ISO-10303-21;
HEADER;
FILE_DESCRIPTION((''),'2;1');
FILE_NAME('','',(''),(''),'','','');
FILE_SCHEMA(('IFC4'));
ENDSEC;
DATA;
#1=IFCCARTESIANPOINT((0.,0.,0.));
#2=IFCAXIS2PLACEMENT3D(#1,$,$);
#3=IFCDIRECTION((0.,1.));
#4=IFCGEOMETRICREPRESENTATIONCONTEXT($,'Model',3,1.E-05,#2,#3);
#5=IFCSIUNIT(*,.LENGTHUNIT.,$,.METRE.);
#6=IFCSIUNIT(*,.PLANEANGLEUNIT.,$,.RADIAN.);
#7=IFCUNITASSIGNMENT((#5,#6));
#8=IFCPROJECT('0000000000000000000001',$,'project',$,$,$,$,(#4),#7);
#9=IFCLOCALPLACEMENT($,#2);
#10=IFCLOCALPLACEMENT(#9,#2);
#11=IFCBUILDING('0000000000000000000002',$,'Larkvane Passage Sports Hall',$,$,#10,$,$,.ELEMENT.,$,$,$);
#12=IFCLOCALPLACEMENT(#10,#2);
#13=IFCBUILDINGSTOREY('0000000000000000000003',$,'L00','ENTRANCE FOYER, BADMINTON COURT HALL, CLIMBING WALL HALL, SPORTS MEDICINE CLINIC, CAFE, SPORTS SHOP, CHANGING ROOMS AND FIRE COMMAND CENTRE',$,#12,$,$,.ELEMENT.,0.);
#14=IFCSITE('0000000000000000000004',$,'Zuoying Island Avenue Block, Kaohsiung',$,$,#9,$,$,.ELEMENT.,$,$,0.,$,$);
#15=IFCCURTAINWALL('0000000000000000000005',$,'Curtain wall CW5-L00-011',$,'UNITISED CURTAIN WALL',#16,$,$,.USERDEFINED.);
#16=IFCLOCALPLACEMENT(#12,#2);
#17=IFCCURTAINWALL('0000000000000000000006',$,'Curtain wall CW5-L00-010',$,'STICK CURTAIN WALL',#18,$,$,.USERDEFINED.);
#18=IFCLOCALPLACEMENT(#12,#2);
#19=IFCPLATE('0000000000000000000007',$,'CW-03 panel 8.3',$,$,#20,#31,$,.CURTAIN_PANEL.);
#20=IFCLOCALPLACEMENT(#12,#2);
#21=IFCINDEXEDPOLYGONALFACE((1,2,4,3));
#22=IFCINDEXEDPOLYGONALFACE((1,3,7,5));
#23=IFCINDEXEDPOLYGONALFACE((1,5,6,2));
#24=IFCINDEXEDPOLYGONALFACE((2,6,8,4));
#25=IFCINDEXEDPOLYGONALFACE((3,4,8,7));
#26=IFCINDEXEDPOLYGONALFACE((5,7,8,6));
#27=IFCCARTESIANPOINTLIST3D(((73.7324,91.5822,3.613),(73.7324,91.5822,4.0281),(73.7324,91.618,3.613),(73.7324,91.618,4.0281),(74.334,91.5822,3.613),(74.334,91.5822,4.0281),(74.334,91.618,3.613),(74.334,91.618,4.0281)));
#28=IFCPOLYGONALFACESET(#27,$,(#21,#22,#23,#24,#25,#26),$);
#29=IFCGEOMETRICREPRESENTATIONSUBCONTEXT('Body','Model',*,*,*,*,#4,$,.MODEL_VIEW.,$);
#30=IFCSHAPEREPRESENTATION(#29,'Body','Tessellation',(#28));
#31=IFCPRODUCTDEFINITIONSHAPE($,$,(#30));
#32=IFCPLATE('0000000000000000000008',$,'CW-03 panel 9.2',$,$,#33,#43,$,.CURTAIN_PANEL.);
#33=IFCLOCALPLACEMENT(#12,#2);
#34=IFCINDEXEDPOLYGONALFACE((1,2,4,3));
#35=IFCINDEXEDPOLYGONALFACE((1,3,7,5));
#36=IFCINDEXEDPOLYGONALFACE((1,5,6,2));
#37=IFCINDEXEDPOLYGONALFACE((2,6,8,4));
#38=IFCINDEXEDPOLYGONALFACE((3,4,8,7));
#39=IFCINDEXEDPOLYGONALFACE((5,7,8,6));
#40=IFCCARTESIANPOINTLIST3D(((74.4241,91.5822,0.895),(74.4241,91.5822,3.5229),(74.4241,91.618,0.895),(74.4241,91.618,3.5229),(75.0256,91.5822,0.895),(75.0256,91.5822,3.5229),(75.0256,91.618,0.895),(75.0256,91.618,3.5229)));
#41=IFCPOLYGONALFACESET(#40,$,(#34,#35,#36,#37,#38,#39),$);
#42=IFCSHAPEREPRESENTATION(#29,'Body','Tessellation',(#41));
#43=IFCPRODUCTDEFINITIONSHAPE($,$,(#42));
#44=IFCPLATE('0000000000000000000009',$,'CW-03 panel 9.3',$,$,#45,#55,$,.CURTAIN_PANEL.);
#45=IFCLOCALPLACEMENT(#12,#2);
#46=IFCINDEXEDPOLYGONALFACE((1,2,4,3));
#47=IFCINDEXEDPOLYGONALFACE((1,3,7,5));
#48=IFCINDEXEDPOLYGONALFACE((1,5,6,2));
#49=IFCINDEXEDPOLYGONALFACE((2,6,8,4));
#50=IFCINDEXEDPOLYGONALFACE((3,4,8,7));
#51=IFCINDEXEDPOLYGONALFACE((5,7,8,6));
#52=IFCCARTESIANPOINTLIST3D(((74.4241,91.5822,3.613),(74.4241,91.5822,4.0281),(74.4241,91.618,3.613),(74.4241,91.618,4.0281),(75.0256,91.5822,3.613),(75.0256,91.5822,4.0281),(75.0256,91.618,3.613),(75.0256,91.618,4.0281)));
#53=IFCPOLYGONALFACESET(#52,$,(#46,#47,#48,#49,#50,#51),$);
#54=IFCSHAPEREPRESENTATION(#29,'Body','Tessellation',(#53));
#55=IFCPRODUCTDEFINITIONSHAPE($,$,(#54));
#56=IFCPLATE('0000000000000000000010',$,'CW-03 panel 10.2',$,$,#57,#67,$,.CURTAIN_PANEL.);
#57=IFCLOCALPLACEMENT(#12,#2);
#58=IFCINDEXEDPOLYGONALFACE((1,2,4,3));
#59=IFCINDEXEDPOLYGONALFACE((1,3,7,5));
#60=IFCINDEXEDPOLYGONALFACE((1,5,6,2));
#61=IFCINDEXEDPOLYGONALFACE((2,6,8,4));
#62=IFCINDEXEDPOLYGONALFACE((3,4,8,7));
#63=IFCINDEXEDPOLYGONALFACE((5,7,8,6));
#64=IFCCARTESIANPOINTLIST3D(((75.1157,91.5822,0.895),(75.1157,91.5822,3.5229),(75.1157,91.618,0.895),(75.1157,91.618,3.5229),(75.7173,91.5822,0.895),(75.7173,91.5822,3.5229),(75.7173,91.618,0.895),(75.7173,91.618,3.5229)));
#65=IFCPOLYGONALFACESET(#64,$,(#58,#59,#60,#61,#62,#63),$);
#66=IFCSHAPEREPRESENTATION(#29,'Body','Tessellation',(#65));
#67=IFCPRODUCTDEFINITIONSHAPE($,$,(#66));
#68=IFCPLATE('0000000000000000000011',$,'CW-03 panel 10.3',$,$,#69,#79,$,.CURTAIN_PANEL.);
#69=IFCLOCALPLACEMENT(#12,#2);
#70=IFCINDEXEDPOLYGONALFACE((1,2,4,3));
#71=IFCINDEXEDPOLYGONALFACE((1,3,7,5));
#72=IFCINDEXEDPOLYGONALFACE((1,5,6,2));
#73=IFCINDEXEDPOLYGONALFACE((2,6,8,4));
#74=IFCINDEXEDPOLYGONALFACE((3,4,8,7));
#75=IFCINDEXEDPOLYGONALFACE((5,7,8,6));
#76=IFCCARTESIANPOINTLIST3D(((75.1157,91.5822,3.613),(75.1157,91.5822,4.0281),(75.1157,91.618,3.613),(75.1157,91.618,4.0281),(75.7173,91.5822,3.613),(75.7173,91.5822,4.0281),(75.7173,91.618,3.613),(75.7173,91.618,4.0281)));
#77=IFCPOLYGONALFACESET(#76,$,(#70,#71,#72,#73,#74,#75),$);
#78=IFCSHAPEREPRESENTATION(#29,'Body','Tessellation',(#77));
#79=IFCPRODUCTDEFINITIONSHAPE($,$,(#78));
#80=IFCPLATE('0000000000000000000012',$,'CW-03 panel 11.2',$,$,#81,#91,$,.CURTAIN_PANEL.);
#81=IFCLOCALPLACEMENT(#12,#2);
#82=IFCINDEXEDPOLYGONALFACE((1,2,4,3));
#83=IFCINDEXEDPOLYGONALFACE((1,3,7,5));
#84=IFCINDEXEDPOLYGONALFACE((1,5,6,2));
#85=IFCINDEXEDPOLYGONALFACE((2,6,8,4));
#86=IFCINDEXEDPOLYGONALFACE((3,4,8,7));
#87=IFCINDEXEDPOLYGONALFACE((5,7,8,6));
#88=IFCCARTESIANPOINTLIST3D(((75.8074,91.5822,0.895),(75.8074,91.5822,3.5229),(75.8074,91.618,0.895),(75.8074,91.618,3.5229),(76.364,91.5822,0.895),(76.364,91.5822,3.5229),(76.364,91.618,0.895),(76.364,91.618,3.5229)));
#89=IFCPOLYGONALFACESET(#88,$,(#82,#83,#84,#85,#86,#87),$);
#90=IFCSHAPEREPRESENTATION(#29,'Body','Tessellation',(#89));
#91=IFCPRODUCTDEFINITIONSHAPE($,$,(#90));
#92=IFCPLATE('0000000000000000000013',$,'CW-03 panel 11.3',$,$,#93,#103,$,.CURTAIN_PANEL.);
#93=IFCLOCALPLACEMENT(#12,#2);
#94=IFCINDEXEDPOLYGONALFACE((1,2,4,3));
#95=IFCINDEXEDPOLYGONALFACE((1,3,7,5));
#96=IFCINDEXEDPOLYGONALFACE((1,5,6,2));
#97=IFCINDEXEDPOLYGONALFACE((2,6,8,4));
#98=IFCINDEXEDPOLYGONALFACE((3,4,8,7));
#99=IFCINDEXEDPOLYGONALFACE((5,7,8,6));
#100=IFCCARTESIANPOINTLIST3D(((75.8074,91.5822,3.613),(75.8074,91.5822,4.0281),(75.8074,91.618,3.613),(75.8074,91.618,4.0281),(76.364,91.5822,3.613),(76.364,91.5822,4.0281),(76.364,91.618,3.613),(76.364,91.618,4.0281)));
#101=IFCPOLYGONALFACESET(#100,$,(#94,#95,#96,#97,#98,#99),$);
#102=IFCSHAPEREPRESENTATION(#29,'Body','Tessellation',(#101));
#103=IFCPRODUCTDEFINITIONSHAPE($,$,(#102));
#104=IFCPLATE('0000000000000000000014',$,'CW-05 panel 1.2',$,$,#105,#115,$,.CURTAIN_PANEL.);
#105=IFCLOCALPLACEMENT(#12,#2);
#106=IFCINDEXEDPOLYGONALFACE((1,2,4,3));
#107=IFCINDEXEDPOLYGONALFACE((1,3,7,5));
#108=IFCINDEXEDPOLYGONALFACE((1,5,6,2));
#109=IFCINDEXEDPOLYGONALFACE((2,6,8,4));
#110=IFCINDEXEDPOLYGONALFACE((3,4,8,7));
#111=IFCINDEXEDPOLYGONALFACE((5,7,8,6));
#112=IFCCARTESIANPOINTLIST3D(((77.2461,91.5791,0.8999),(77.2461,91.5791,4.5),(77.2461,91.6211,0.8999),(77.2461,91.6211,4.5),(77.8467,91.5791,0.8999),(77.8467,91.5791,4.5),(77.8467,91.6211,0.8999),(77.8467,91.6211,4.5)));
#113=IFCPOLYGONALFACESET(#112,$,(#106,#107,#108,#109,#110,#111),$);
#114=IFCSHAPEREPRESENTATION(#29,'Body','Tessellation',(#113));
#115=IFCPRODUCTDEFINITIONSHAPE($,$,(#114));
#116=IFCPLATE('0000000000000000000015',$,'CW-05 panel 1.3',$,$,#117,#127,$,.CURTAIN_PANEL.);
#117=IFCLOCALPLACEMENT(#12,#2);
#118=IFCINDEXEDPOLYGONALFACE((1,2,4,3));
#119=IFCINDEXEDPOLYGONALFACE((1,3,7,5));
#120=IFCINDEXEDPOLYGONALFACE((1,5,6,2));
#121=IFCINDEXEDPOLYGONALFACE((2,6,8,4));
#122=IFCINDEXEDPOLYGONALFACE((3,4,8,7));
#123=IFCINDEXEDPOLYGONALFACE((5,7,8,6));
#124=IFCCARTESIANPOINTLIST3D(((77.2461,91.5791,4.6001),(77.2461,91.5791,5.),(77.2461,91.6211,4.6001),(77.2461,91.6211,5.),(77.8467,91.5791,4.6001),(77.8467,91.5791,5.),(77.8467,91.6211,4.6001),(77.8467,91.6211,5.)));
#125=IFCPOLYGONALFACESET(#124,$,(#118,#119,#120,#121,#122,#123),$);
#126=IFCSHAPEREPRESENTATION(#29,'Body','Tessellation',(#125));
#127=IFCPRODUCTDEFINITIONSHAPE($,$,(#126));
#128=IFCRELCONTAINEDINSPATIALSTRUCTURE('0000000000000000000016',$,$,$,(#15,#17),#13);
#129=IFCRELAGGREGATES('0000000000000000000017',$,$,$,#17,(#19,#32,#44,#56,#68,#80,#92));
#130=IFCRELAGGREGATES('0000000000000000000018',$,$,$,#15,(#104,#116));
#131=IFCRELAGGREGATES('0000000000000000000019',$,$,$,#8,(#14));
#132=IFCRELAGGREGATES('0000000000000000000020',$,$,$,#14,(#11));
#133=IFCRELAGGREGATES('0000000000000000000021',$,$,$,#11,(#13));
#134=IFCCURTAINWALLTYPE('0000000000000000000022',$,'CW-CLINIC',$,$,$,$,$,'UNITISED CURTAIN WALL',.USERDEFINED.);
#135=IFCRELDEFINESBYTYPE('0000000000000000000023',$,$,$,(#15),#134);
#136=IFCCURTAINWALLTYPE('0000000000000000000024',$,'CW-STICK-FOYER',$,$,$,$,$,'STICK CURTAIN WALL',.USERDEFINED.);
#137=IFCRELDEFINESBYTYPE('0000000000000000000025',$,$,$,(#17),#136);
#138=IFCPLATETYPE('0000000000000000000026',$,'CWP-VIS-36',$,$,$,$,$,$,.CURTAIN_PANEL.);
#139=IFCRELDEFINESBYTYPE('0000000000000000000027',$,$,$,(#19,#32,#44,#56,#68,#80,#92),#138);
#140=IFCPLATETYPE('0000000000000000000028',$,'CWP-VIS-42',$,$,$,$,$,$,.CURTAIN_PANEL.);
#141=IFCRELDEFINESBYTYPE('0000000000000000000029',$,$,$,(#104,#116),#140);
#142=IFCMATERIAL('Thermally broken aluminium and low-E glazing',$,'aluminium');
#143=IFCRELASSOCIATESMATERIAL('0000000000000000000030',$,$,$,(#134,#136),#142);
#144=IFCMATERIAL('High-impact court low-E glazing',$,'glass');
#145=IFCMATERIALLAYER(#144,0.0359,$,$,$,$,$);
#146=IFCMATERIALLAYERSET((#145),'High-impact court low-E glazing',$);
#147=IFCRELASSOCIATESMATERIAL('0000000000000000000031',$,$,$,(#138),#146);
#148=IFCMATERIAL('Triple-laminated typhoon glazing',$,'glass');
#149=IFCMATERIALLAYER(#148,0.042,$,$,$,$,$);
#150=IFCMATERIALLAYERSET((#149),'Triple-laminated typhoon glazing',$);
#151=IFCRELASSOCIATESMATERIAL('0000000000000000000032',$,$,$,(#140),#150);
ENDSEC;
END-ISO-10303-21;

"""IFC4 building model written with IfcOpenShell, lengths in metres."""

from ifc_helpers import new_model, si_unit, direction, frame, origin, origin_2d, place, context, subcontext, project, spatial, rectangle, extrude, material, layer, layer_set, type_object, element, aggregate, save


model = new_model("IFC4")

# Units and contexts
model_context = context("Model", 3, precision=1e-05, world=origin(), true_north=direction((0.0, 1.0)))
body_context = subcontext(model_context, "Body", "Model", "MODEL_VIEW")
ifc_project = project(units=[si_unit("LENGTHUNIT", "METRE"), si_unit("PLANEANGLEUNIT", "RADIAN")], contexts=[model_context])

# Site, building, storey
site_placement = place(None, origin())
site = spatial("IfcSite", under=ifc_project, at=site_placement, Name="Zuoying Island Avenue Block, Kaohsiung", CompositionType="ELEMENT", RefElevation=0.0)
building_placement = place(site_placement, origin())
building = spatial("IfcBuilding", under=site, at=building_placement, Name="Larkvane Passage Sports Hall", CompositionType="ELEMENT")
storey_placement = place(building_placement, origin())
storey = spatial("IfcBuildingStorey", under=building, at=storey_placement, Name="L00", Description="ENTRANCE FOYER, BADMINTON COURT HALL, CLIMBING WALL HALL, SPORTS MEDICINE CLINIC, CAFE, SPORTS SHOP, CHANGING ROOMS AND FIRE COMMAND CENTRE", CompositionType="ELEMENT", Elevation=0.0)

# Curtain wall
ifc_material_1 = material(Name="Thermally broken aluminium and low-E glazing", Category="aluminium")
curtain_wall_type_1 = type_object("IfcCurtainWallType", Name="CW-CLINIC", ElementType="UNITISED CURTAIN WALL", PredefinedType="USERDEFINED", material=ifc_material_1)
curtain_wall_1_placement = place(storey_placement, origin())
curtain_wall_1 = element("IfcCurtainWall", 1, at=curtain_wall_1_placement, inside=storey, type_object=curtain_wall_type_1, Name="Curtain wall CW5-L00-011", ObjectType="UNITISED CURTAIN WALL", PredefinedType="USERDEFINED")

# Curtain wall, plates
curtain_wall_type_2 = type_object("IfcCurtainWallType", Name="CW-STICK-FOYER", ElementType="STICK CURTAIN WALL", PredefinedType="USERDEFINED", material=ifc_material_1)
curtain_wall_2_placement = place(storey_placement, origin())
curtain_wall_2 = element("IfcCurtainWall", 2, at=curtain_wall_2_placement, inside=storey, type_object=curtain_wall_type_2, Name="Curtain wall CW5-L00-010", ObjectType="STICK CURTAIN WALL", PredefinedType="USERDEFINED")
ifc_material_2 = material(Name="High-impact court low-E glazing", Category="glass")
ifc_layer_1 = layer(ifc_material_2, 0.0359)
ifc_layer_set_1 = layer_set([ifc_layer_1], Name="High-impact court low-E glazing")
plate_type_1 = type_object("IfcPlateType", Name="CWP-VIS-36", PredefinedType="CURTAIN_PANEL", material=ifc_layer_set_1)
plate_1_placement = place(storey_placement, frame((74.0332, 91.6001, 3.613), z_axis=(0.0, 0.0, 1.0), x_axis=(1.0, 0.0, 0.0)))
plate_1 = element("IfcPlate", 3, at=plate_1_placement, type_object=plate_type_1, Name="CW-03 panel 8.3", PredefinedType="CURTAIN_PANEL", context=body_context, shape_type="SweptSolid", body=[
    extrude(rectangle(XDim=0.6016, YDim=0.0359, at=origin_2d()), origin(), (0.0, 0.0, 1.0), 0.415),
])
plate_2_placement = place(storey_placement, frame((74.7249, 91.6001, 0.895), z_axis=(0.0, 0.0, 1.0), x_axis=(1.0, 0.0, 0.0)))
plate_2 = element("IfcPlate", 4, at=plate_2_placement, type_object=plate_type_1, Name="CW-03 panel 9.2", PredefinedType="CURTAIN_PANEL", context=body_context, shape_type="SweptSolid", body=[
    extrude(rectangle(XDim=0.6016, YDim=0.0359, at=origin_2d()), origin(), (0.0, 0.0, 1.0), 2.6279),
])
plate_3_placement = place(storey_placement, frame((74.7249, 91.6001, 3.613), z_axis=(0.0, 0.0, 1.0), x_axis=(1.0, 0.0, 0.0)))
plate_3 = element("IfcPlate", 5, at=plate_3_placement, type_object=plate_type_1, Name="CW-03 panel 9.3", PredefinedType="CURTAIN_PANEL", context=body_context, shape_type="SweptSolid", body=[
    extrude(rectangle(XDim=0.6016, YDim=0.0359, at=origin_2d()), origin(), (0.0, 0.0, 1.0), 0.415),
])
plate_4_placement = place(storey_placement, frame((75.4165, 91.6001, 0.895), z_axis=(0.0, 0.0, 1.0), x_axis=(1.0, 0.0, 0.0)))
plate_4 = element("IfcPlate", 6, at=plate_4_placement, type_object=plate_type_1, Name="CW-03 panel 10.2", PredefinedType="CURTAIN_PANEL", context=body_context, shape_type="SweptSolid", body=[
    extrude(rectangle(XDim=0.6016, YDim=0.0359, at=origin_2d()), origin(), (0.0, 0.0, 1.0), 2.6279),
])
plate_5_placement = place(storey_placement, frame((75.4165, 91.6001, 3.613), z_axis=(0.0, 0.0, 1.0), x_axis=(1.0, 0.0, 0.0)))
plate_5 = element("IfcPlate", 7, at=plate_5_placement, type_object=plate_type_1, Name="CW-03 panel 10.3", PredefinedType="CURTAIN_PANEL", context=body_context, shape_type="SweptSolid", body=[
    extrude(rectangle(XDim=0.6016, YDim=0.0359, at=origin_2d()), origin(), (0.0, 0.0, 1.0), 0.415),
])
plate_6_placement = place(storey_placement, frame((76.0857, 91.6001, 0.895), z_axis=(0.0, 0.0, 1.0), x_axis=(1.0, 0.0, 0.0)))
plate_6 = element("IfcPlate", 8, at=plate_6_placement, type_object=plate_type_1, Name="CW-03 panel 11.2", PredefinedType="CURTAIN_PANEL", context=body_context, shape_type="SweptSolid", body=[
    extrude(rectangle(XDim=0.5566, YDim=0.0359, at=origin_2d()), origin(), (0.0, 0.0, 1.0), 2.6279),
])
plate_7_placement = place(storey_placement, frame((76.0857, 91.6001, 3.613), z_axis=(0.0, 0.0, 1.0), x_axis=(1.0, 0.0, 0.0)))
plate_7 = element("IfcPlate", 9, at=plate_7_placement, type_object=plate_type_1, Name="CW-03 panel 11.3", PredefinedType="CURTAIN_PANEL", context=body_context, shape_type="SweptSolid", body=[
    extrude(rectangle(XDim=0.5566, YDim=0.0359, at=origin_2d()), origin(), (0.0, 0.0, 1.0), 0.415),
])
aggregate(curtain_wall_2, [plate_1, plate_2, plate_3, plate_4, plate_5, plate_6, plate_7])

# Plates
ifc_material_3 = material(Name="Triple-laminated typhoon glazing", Category="glass")
ifc_layer_2 = layer(ifc_material_3, 0.042)
ifc_layer_set_2 = layer_set([ifc_layer_2], Name="Triple-laminated typhoon glazing")
plate_type_2 = type_object("IfcPlateType", Name="CWP-VIS-42", PredefinedType="CURTAIN_PANEL", material=ifc_layer_set_2)
plate_8_placement = place(storey_placement, frame((77.5464, 91.6001, 0.8999), z_axis=(0.0, 0.0, 1.0), x_axis=(1.0, 0.0, 0.0)))
plate_8 = element("IfcPlate", 10, at=plate_8_placement, type_object=plate_type_2, Name="CW-05 panel 1.2", PredefinedType="CURTAIN_PANEL", context=body_context, shape_type="SweptSolid", body=[
    extrude(rectangle(XDim=0.6006, YDim=0.042, at=origin_2d()), origin(), (0.0, 0.0, 1.0), 3.6001),
])
plate_9_placement = place(storey_placement, frame((77.5464, 91.6001, 4.6001), z_axis=(0.0, 0.0, 1.0), x_axis=(1.0, 0.0, 0.0)))
plate_9 = element("IfcPlate", 11, at=plate_9_placement, type_object=plate_type_2, Name="CW-05 panel 1.3", PredefinedType="CURTAIN_PANEL", context=body_context, shape_type="SweptSolid", body=[
    extrude(rectangle(XDim=0.6006, YDim=0.042, at=origin_2d()), origin(), (0.0, 0.0, 1.0), 0.3999),
])
aggregate(curtain_wall_1, [plate_8, plate_9])

save(model, "model.ifc")
